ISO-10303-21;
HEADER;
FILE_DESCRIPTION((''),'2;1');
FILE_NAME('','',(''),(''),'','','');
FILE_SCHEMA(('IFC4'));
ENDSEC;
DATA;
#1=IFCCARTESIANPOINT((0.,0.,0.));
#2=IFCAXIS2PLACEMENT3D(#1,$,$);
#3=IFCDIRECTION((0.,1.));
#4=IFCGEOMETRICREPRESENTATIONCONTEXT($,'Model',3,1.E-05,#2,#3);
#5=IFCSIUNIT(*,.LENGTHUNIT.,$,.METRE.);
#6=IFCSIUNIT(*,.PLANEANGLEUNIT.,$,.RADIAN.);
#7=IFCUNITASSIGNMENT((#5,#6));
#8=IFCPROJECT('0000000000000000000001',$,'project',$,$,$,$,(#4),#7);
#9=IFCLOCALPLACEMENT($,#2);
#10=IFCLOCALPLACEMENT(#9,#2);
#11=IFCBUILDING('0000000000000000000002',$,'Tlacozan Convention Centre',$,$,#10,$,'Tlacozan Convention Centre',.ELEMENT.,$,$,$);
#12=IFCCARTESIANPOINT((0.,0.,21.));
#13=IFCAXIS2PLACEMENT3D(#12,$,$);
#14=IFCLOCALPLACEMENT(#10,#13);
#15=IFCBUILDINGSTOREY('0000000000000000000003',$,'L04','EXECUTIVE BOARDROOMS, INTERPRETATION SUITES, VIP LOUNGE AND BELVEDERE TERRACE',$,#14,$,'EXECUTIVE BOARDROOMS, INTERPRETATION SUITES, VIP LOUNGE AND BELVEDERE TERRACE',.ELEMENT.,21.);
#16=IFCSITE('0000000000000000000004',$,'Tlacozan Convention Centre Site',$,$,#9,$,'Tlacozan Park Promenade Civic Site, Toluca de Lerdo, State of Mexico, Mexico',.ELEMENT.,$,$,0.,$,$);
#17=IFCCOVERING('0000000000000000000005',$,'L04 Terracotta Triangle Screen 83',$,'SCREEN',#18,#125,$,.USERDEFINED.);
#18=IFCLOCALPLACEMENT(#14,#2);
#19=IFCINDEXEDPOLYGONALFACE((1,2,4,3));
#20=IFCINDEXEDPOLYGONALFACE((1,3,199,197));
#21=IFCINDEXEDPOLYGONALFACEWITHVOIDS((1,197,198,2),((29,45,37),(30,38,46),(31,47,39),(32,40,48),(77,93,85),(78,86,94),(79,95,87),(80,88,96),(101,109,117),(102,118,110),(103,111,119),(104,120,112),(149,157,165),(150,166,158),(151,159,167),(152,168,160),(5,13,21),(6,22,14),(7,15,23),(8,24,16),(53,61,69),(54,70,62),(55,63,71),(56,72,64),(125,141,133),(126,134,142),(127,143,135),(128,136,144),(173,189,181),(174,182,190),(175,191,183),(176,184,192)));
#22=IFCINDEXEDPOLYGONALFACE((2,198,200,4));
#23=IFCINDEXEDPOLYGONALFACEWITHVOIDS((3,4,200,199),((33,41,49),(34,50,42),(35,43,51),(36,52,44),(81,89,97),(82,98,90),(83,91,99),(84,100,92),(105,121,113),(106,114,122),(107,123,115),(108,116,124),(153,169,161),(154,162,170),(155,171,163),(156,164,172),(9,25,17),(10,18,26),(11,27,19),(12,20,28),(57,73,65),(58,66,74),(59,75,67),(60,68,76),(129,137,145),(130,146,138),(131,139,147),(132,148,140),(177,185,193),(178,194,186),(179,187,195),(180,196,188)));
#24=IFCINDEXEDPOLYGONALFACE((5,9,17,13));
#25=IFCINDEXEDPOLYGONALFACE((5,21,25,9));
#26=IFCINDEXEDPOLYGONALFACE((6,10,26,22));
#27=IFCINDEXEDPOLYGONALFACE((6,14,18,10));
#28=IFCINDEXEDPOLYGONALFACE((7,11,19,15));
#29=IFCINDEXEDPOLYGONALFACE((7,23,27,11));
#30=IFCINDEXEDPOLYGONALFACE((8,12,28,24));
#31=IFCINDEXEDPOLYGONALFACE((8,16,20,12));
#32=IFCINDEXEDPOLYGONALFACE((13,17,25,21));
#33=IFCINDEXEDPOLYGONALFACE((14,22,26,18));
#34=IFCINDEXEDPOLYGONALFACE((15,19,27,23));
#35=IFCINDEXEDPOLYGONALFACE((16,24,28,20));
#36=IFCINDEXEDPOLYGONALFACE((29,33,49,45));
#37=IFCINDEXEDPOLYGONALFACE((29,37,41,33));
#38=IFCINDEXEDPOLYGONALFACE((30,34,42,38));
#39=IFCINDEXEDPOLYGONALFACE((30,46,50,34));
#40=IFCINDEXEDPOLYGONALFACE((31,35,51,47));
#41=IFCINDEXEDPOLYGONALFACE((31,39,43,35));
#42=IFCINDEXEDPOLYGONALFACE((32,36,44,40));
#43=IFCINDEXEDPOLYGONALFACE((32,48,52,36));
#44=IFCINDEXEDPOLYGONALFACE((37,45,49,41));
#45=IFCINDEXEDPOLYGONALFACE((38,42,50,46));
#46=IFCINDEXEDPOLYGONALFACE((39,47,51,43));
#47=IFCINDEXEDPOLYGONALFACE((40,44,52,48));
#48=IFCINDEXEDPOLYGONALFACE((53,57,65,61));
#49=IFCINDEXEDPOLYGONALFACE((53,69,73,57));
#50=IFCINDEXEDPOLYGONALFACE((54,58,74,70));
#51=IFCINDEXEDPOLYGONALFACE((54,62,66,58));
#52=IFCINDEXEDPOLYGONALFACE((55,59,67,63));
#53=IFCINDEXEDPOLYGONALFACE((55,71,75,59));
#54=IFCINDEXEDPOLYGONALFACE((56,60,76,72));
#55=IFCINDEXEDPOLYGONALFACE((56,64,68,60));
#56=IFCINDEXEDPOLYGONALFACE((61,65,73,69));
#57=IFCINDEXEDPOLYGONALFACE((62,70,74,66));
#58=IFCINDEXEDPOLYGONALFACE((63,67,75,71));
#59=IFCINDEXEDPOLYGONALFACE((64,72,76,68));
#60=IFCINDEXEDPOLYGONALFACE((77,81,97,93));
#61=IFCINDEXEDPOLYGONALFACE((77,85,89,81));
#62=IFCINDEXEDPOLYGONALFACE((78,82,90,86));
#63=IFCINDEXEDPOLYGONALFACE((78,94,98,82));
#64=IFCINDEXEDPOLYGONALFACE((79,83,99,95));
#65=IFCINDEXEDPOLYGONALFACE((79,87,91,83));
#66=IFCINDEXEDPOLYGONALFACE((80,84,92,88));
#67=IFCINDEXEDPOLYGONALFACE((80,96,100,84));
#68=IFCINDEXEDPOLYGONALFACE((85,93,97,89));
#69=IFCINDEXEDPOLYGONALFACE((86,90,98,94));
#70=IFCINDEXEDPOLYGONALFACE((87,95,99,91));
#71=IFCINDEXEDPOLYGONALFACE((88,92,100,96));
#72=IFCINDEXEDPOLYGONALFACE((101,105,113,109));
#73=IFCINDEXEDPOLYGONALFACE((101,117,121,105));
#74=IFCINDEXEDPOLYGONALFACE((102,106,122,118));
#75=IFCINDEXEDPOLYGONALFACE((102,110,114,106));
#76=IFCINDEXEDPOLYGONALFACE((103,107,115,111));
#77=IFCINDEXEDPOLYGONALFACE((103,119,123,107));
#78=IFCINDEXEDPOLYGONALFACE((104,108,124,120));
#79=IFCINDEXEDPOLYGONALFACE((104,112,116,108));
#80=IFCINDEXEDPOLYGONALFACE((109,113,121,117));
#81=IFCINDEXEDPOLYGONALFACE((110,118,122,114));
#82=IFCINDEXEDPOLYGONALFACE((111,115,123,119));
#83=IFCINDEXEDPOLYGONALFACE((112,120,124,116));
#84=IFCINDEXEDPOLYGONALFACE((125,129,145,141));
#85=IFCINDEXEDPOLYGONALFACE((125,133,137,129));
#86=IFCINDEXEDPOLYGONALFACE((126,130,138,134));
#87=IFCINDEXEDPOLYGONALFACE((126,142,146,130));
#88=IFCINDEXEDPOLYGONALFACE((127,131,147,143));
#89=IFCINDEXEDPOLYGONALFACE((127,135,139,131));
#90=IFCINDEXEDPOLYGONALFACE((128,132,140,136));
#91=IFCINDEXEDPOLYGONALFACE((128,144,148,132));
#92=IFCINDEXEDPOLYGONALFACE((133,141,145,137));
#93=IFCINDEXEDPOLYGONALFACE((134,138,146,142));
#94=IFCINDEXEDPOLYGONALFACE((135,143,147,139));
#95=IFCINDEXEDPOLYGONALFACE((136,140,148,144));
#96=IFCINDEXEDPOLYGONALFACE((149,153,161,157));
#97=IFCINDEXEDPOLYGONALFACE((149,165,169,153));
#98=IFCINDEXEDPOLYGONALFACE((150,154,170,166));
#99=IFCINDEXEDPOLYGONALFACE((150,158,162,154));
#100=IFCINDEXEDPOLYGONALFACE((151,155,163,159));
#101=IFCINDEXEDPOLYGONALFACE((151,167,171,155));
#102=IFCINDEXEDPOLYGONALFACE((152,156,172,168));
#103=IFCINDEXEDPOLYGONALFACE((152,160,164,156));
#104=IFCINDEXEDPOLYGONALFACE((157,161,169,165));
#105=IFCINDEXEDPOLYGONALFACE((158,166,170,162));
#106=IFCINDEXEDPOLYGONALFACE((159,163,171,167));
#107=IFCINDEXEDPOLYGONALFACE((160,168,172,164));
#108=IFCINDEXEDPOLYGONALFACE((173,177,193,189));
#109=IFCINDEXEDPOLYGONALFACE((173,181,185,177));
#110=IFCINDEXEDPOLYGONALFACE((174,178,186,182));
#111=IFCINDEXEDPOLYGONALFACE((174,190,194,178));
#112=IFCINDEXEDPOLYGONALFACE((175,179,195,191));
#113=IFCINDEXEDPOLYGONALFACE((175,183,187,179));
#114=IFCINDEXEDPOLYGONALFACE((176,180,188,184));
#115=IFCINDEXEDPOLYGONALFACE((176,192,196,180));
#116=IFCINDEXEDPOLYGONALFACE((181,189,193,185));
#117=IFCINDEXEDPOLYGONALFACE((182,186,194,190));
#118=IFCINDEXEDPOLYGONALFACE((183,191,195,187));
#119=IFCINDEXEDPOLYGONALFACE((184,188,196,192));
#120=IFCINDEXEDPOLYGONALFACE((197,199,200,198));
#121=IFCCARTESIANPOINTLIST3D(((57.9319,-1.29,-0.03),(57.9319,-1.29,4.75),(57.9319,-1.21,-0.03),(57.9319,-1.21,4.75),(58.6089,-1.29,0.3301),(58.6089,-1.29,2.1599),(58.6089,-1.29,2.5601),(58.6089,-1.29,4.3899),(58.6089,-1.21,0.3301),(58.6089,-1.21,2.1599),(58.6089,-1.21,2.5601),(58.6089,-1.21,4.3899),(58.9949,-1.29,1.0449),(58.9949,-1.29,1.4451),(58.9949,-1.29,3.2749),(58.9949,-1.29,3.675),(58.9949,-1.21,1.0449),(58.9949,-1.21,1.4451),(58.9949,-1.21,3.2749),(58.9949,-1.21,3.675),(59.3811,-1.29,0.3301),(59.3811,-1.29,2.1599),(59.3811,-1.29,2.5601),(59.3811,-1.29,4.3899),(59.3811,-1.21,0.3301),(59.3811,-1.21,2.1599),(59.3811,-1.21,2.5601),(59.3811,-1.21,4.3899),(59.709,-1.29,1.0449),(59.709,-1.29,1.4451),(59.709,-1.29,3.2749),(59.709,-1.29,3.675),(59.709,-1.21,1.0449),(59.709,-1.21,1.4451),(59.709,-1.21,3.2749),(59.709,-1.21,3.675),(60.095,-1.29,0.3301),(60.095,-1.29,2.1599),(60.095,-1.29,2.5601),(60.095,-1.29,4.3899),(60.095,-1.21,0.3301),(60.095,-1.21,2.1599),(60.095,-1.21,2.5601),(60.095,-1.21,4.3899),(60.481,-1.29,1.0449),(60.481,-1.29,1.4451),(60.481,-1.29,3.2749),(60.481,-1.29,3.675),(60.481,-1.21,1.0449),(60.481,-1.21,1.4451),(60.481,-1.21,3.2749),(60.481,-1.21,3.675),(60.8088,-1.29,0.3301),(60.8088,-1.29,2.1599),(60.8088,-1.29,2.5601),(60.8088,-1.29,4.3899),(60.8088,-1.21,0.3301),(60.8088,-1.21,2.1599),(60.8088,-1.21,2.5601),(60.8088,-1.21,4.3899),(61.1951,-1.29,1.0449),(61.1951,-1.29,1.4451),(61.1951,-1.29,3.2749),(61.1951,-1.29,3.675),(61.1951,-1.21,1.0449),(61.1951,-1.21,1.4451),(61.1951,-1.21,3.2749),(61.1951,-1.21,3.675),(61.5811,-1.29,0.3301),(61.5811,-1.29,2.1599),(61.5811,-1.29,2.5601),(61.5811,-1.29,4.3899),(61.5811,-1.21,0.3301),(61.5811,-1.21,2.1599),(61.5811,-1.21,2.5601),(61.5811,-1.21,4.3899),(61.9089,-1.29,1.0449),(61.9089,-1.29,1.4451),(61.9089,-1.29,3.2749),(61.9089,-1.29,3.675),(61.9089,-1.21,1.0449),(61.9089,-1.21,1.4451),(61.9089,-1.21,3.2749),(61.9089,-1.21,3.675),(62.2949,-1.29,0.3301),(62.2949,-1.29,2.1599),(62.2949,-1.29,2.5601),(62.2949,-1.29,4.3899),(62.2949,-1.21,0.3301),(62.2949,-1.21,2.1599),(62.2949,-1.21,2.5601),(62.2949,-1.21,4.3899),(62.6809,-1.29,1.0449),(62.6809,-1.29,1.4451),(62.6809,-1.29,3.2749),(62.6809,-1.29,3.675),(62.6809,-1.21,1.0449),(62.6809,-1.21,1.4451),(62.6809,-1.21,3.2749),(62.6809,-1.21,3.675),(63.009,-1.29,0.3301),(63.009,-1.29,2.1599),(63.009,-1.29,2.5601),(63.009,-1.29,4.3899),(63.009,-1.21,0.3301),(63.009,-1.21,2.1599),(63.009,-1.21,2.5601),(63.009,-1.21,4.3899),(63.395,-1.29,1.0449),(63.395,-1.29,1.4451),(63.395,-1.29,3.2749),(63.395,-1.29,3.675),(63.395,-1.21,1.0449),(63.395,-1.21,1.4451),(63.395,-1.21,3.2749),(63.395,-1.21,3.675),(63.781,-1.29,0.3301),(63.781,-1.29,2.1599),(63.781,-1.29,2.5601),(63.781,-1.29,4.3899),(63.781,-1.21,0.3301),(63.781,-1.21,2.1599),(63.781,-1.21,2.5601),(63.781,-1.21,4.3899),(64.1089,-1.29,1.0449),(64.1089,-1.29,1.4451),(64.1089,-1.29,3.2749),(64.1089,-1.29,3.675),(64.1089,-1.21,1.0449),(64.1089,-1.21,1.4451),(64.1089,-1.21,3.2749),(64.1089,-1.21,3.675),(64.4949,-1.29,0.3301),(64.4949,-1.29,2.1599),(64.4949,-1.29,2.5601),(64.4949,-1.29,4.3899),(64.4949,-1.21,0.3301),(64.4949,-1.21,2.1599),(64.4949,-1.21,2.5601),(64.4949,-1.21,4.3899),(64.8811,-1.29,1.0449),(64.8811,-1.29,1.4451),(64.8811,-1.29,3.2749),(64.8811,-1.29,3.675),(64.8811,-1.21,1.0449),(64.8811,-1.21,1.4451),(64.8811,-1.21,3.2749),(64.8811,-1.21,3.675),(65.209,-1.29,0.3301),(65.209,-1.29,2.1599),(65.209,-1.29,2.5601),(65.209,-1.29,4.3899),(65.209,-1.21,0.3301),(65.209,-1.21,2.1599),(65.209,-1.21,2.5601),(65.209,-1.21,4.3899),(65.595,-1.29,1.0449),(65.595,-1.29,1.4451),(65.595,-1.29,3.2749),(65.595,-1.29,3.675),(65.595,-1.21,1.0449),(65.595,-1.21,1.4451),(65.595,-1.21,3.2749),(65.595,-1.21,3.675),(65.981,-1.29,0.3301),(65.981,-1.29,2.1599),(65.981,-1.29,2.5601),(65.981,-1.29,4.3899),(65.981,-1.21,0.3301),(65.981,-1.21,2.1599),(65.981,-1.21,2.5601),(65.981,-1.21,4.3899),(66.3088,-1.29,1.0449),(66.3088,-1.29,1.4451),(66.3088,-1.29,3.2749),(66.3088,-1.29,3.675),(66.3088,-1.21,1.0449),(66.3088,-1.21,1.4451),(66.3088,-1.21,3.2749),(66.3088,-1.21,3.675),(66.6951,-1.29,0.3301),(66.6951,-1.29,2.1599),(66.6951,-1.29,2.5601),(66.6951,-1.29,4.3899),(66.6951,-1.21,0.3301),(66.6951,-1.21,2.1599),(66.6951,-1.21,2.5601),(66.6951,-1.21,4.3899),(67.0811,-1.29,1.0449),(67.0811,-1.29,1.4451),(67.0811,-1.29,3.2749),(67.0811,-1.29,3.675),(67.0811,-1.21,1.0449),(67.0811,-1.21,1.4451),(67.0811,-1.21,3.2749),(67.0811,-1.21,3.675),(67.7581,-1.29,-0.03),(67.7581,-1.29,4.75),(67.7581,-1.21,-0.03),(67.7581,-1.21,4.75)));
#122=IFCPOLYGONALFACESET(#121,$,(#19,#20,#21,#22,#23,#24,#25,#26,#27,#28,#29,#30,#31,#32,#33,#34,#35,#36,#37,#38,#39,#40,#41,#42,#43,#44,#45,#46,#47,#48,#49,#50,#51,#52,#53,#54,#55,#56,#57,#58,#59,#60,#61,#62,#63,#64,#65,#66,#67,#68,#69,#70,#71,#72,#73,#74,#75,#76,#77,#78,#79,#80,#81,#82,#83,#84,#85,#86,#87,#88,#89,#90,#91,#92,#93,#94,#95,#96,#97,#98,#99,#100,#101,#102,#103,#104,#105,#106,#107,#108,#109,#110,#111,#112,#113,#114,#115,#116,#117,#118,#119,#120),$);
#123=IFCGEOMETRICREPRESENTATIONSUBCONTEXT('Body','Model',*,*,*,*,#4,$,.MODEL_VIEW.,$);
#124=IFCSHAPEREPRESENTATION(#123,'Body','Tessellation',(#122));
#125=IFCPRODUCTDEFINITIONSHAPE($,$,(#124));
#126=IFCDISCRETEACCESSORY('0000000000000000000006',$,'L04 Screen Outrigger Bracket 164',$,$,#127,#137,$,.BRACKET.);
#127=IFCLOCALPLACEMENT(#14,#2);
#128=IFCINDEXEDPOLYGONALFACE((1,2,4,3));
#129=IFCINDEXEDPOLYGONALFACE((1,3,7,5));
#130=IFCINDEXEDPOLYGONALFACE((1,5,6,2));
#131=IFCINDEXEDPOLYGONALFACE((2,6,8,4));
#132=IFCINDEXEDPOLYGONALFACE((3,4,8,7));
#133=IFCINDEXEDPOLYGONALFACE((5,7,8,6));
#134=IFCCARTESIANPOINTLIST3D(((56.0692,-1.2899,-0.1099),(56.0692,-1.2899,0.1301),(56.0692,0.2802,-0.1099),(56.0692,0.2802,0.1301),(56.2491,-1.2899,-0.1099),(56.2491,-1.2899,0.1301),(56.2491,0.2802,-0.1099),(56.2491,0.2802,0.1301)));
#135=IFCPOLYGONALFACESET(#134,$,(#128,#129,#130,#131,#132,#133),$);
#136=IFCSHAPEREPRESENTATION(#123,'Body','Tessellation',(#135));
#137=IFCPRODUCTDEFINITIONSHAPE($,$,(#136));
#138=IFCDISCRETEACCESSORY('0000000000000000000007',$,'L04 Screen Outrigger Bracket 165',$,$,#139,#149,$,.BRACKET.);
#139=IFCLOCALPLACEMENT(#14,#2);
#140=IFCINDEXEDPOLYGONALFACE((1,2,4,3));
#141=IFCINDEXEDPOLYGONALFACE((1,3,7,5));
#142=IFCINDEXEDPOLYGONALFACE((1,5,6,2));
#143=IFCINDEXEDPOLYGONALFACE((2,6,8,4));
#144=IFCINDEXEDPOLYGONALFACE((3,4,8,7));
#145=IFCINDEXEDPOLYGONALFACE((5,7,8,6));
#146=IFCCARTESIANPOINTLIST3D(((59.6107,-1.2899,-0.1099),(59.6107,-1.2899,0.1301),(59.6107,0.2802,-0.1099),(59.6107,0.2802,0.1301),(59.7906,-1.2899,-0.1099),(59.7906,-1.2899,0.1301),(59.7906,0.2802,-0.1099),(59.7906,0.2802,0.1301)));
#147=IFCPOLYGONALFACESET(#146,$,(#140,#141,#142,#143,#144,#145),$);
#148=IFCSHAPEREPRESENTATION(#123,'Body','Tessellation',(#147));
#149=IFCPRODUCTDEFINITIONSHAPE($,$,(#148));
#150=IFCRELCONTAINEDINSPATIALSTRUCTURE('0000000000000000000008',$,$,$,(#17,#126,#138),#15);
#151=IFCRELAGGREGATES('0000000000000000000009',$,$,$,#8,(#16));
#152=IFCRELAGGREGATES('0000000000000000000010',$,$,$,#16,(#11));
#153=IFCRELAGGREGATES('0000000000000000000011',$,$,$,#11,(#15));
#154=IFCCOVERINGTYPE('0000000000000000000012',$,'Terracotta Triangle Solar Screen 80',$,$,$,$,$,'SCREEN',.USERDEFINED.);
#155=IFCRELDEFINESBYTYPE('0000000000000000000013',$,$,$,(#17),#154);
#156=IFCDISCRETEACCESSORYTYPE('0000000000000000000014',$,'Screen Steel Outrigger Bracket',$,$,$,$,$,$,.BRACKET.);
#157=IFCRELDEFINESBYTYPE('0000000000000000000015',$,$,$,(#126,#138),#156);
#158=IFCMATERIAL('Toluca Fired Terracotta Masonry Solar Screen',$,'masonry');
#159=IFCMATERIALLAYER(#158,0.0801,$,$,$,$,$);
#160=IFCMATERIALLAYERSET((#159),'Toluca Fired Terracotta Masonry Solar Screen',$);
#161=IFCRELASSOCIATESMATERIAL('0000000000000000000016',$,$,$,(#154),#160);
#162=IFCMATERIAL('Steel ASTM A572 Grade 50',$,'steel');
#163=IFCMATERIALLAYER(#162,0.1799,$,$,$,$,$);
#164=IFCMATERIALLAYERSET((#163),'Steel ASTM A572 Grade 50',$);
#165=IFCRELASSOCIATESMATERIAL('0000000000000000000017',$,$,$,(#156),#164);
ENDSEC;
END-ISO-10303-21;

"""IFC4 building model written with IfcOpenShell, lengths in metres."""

from ifc_helpers import new_model, si_unit, direction, frame, origin, origin_2d, place, context, subcontext, project, spatial, polyline, rectangle, outline, extrude, material, layer, layer_set, type_object, element, save


model = new_model("IFC4")

# Units and contexts
model_context = context("Model", 3, precision=1e-05, world=origin(), true_north=direction((0.0, 1.0)))
body_context = subcontext(model_context, "Body", "Model", "MODEL_VIEW")
ifc_project = project(units=[si_unit("LENGTHUNIT", "METRE"), si_unit("PLANEANGLEUNIT", "RADIAN")], contexts=[model_context])

# Site, building, storey
site_placement = place(None, origin())
site = spatial("IfcSite", under=ifc_project, at=site_placement, Name="Tlacozan Convention Centre Site", LongName="Tlacozan Park Promenade Civic Site, Toluca de Lerdo, State of Mexico, Mexico", CompositionType="ELEMENT", RefElevation=0.0)
building_placement = place(site_placement, origin())
building = spatial("IfcBuilding", under=site, at=building_placement, Name="Tlacozan Convention Centre", LongName="Tlacozan Convention Centre", CompositionType="ELEMENT")
storey_placement = place(building_placement, frame((0.0, 0.0, 21.0)))
storey = spatial("IfcBuildingStorey", under=building, at=storey_placement, Name="L04", Description="EXECUTIVE BOARDROOMS, INTERPRETATION SUITES, VIP LOUNGE AND BELVEDERE TERRACE", LongName="EXECUTIVE BOARDROOMS, INTERPRETATION SUITES, VIP LOUNGE AND BELVEDERE TERRACE", CompositionType="ELEMENT", Elevation=21.0)

# Covering
ifc_material_1 = material(Name="Toluca Fired Terracotta Masonry Solar Screen", Category="masonry")
ifc_layer_1 = layer(ifc_material_1, 0.0801)
ifc_layer_set_1 = layer_set([ifc_layer_1], Name="Toluca Fired Terracotta Masonry Solar Screen")
covering_type = type_object("IfcCoveringType", Name="Terracotta Triangle Solar Screen 80", ElementType="SCREEN", PredefinedType="USERDEFINED", material=ifc_layer_set_1)
covering_placement = place(storey_placement, frame((57.9319, -1.25, -0.03), z_axis=(0.0, 0.0, 1.0), x_axis=(1.0, 0.0, 0.0)))
element("IfcCovering", 1, at=covering_placement, inside=storey, type_object=covering_type, Name="L04 Terracotta Triangle Screen 83", ObjectType="SCREEN", PredefinedType="USERDEFINED", context=body_context, shape_type="SweptSolid", body=[
    extrude(outline(polyline([(0.0, 0.0), (9.8262, 0.0), (9.8262, 4.78), (0.0, 4.78), (0.0, 0.0)]), holes=[polyline([(0.677, 0.3601), (1.4492, 0.3601), (1.063, 1.075), (0.677, 0.3601)]), polyline([(1.7771, 1.075), (2.5491, 1.075), (2.1631, 0.3601), (1.7771, 1.075)]), polyline([(2.877, 0.3601), (3.6492, 0.3601), (3.2632, 1.075), (2.877, 0.3601)]), polyline([(3.9771, 1.075), (4.749, 1.075), (4.363, 0.3601), (3.9771, 1.075)]), polyline([(5.0771, 0.3601), (5.8491, 0.3601), (5.4631, 1.075), (5.0771, 0.3601)]), polyline([(6.177, 1.075), (6.9492, 1.075), (6.563, 0.3601), (6.177, 1.075)]), polyline([(7.2771, 0.3601), (8.0491, 0.3601), (7.6631, 1.075), (7.2771, 0.3601)]), polyline([(8.377, 1.075), (9.1492, 1.075), (8.7632, 0.3601), (8.377, 1.075)]), polyline([(0.677, 2.1899), (1.4492, 2.1899), (1.063, 1.4751), (0.677, 2.1899)]), polyline([(1.7771, 1.4751), (2.5491, 1.4751), (2.1631, 2.1899), (1.7771, 1.4751)]), polyline([(2.877, 2.1899), (3.6492, 2.1899), (3.2632, 1.4751), (2.877, 2.1899)]), polyline([(3.9771, 1.4751), (4.749, 1.4751), (4.363, 2.1899), (3.9771, 1.4751)]), polyline([(5.0771, 2.1899), (5.8491, 2.1899), (5.4631, 1.4751), (5.0771, 2.1899)]), polyline([(6.177, 1.4751), (6.9492, 1.4751), (6.563, 2.1899), (6.177, 1.4751)]), polyline([(7.2771, 2.1899), (8.0491, 2.1899), (7.6631, 1.4751), (7.2771, 2.1899)]), polyline([(8.377, 1.4751), (9.1492, 1.4751), (8.7632, 2.1899), (8.377, 1.4751)]), polyline([(0.677, 2.5901), (1.4492, 2.5901), (1.063, 3.3049), (0.677, 2.5901)]), polyline([(1.7771, 3.3049), (2.5491, 3.3049), (2.1631, 2.5901), (1.7771, 3.3049)]), polyline([(2.877, 2.5901), (3.6492, 2.5901), (3.2632, 3.3049), (2.877, 2.5901)]), polyline([(3.9771, 3.3049), (4.749, 3.3049), (4.363, 2.5901), (3.9771, 3.3049)]), polyline([(5.0771, 2.5901), (5.8491, 2.5901), (5.4631, 3.3049), (5.0771, 2.5901)]), polyline([(6.177, 3.3049), (6.9492, 3.3049), (6.563, 2.5901), (6.177, 3.3049)]), polyline([(7.2771, 2.5901), (8.0491, 2.5901), (7.6631, 3.3049), (7.2771, 2.5901)]), polyline([(8.377, 3.3049), (9.1492, 3.3049), (8.7632, 2.5901), (8.377, 3.3049)]), polyline([(0.677, 4.4199), (1.4492, 4.4199), (1.063, 3.7051), (0.677, 4.4199)]), polyline([(1.7771, 3.7051), (2.5491, 3.7051), (2.1631, 4.4199), (1.7771, 3.7051)]), polyline([(2.877, 4.4199), (3.6492, 4.4199), (3.2632, 3.7051), (2.877, 4.4199)]), polyline([(3.9771, 3.7051), (4.749, 3.7051), (4.363, 4.4199), (3.9771, 3.7051)]), polyline([(5.0771, 4.4199), (5.8491, 4.4199), (5.4631, 3.7051), (5.0771, 4.4199)]), polyline([(6.177, 3.7051), (6.9492, 3.7051), (6.563, 4.4199), (6.177, 3.7051)]), polyline([(7.2771, 4.4199), (8.0491, 4.4199), (7.6631, 3.7051), (7.2771, 4.4199)]), polyline([(8.377, 3.7051), (9.1492, 3.7051), (8.7632, 4.4199), (8.377, 3.7051)])]), frame((0.0, 0.04, 0.0), z_axis=(0.0, -1.0, 0.0), x_axis=(1.0, 0.0, 0.0)), (0.0, 0.0, 1.0), 0.0801),
])

# Discrete accessories
ifc_material_2 = material(Name="Steel ASTM A572 Grade 50", Category="steel")
ifc_layer_2 = layer(ifc_material_2, 0.1799)
ifc_layer_set_2 = layer_set([ifc_layer_2], Name="Steel ASTM A572 Grade 50")
discrete_accessory_type = type_object("IfcDiscreteAccessoryType", Name="Screen Steel Outrigger Bracket", PredefinedType="BRACKET", material=ifc_layer_set_2)
for number, where, z_axis, x_axis, name in (
    (2, (56.1592, -0.5049, -0.1099), (0.0, 0.0, 1.0), (0.0, 1.0, 0.0), "L04 Screen Outrigger Bracket 164"),
    (3, (59.7007, -0.5049, -0.1099), (0.0, 0.0, 1.0), (0.0, 1.0, 0.0), "L04 Screen Outrigger Bracket 165"),
):
    element("IfcDiscreteAccessory", number, at=place(storey_placement, frame(where, z_axis=z_axis, x_axis=x_axis)), inside=storey, type_object=discrete_accessory_type, Name=name, PredefinedType="BRACKET", context=body_context, shape_type="SweptSolid", body=[
        extrude(rectangle(XDim=1.5701, YDim=0.1799, at=origin_2d()), origin(), (0.0, 0.0, 1.0), 0.24),
    ])

save(model, "model.ifc")
